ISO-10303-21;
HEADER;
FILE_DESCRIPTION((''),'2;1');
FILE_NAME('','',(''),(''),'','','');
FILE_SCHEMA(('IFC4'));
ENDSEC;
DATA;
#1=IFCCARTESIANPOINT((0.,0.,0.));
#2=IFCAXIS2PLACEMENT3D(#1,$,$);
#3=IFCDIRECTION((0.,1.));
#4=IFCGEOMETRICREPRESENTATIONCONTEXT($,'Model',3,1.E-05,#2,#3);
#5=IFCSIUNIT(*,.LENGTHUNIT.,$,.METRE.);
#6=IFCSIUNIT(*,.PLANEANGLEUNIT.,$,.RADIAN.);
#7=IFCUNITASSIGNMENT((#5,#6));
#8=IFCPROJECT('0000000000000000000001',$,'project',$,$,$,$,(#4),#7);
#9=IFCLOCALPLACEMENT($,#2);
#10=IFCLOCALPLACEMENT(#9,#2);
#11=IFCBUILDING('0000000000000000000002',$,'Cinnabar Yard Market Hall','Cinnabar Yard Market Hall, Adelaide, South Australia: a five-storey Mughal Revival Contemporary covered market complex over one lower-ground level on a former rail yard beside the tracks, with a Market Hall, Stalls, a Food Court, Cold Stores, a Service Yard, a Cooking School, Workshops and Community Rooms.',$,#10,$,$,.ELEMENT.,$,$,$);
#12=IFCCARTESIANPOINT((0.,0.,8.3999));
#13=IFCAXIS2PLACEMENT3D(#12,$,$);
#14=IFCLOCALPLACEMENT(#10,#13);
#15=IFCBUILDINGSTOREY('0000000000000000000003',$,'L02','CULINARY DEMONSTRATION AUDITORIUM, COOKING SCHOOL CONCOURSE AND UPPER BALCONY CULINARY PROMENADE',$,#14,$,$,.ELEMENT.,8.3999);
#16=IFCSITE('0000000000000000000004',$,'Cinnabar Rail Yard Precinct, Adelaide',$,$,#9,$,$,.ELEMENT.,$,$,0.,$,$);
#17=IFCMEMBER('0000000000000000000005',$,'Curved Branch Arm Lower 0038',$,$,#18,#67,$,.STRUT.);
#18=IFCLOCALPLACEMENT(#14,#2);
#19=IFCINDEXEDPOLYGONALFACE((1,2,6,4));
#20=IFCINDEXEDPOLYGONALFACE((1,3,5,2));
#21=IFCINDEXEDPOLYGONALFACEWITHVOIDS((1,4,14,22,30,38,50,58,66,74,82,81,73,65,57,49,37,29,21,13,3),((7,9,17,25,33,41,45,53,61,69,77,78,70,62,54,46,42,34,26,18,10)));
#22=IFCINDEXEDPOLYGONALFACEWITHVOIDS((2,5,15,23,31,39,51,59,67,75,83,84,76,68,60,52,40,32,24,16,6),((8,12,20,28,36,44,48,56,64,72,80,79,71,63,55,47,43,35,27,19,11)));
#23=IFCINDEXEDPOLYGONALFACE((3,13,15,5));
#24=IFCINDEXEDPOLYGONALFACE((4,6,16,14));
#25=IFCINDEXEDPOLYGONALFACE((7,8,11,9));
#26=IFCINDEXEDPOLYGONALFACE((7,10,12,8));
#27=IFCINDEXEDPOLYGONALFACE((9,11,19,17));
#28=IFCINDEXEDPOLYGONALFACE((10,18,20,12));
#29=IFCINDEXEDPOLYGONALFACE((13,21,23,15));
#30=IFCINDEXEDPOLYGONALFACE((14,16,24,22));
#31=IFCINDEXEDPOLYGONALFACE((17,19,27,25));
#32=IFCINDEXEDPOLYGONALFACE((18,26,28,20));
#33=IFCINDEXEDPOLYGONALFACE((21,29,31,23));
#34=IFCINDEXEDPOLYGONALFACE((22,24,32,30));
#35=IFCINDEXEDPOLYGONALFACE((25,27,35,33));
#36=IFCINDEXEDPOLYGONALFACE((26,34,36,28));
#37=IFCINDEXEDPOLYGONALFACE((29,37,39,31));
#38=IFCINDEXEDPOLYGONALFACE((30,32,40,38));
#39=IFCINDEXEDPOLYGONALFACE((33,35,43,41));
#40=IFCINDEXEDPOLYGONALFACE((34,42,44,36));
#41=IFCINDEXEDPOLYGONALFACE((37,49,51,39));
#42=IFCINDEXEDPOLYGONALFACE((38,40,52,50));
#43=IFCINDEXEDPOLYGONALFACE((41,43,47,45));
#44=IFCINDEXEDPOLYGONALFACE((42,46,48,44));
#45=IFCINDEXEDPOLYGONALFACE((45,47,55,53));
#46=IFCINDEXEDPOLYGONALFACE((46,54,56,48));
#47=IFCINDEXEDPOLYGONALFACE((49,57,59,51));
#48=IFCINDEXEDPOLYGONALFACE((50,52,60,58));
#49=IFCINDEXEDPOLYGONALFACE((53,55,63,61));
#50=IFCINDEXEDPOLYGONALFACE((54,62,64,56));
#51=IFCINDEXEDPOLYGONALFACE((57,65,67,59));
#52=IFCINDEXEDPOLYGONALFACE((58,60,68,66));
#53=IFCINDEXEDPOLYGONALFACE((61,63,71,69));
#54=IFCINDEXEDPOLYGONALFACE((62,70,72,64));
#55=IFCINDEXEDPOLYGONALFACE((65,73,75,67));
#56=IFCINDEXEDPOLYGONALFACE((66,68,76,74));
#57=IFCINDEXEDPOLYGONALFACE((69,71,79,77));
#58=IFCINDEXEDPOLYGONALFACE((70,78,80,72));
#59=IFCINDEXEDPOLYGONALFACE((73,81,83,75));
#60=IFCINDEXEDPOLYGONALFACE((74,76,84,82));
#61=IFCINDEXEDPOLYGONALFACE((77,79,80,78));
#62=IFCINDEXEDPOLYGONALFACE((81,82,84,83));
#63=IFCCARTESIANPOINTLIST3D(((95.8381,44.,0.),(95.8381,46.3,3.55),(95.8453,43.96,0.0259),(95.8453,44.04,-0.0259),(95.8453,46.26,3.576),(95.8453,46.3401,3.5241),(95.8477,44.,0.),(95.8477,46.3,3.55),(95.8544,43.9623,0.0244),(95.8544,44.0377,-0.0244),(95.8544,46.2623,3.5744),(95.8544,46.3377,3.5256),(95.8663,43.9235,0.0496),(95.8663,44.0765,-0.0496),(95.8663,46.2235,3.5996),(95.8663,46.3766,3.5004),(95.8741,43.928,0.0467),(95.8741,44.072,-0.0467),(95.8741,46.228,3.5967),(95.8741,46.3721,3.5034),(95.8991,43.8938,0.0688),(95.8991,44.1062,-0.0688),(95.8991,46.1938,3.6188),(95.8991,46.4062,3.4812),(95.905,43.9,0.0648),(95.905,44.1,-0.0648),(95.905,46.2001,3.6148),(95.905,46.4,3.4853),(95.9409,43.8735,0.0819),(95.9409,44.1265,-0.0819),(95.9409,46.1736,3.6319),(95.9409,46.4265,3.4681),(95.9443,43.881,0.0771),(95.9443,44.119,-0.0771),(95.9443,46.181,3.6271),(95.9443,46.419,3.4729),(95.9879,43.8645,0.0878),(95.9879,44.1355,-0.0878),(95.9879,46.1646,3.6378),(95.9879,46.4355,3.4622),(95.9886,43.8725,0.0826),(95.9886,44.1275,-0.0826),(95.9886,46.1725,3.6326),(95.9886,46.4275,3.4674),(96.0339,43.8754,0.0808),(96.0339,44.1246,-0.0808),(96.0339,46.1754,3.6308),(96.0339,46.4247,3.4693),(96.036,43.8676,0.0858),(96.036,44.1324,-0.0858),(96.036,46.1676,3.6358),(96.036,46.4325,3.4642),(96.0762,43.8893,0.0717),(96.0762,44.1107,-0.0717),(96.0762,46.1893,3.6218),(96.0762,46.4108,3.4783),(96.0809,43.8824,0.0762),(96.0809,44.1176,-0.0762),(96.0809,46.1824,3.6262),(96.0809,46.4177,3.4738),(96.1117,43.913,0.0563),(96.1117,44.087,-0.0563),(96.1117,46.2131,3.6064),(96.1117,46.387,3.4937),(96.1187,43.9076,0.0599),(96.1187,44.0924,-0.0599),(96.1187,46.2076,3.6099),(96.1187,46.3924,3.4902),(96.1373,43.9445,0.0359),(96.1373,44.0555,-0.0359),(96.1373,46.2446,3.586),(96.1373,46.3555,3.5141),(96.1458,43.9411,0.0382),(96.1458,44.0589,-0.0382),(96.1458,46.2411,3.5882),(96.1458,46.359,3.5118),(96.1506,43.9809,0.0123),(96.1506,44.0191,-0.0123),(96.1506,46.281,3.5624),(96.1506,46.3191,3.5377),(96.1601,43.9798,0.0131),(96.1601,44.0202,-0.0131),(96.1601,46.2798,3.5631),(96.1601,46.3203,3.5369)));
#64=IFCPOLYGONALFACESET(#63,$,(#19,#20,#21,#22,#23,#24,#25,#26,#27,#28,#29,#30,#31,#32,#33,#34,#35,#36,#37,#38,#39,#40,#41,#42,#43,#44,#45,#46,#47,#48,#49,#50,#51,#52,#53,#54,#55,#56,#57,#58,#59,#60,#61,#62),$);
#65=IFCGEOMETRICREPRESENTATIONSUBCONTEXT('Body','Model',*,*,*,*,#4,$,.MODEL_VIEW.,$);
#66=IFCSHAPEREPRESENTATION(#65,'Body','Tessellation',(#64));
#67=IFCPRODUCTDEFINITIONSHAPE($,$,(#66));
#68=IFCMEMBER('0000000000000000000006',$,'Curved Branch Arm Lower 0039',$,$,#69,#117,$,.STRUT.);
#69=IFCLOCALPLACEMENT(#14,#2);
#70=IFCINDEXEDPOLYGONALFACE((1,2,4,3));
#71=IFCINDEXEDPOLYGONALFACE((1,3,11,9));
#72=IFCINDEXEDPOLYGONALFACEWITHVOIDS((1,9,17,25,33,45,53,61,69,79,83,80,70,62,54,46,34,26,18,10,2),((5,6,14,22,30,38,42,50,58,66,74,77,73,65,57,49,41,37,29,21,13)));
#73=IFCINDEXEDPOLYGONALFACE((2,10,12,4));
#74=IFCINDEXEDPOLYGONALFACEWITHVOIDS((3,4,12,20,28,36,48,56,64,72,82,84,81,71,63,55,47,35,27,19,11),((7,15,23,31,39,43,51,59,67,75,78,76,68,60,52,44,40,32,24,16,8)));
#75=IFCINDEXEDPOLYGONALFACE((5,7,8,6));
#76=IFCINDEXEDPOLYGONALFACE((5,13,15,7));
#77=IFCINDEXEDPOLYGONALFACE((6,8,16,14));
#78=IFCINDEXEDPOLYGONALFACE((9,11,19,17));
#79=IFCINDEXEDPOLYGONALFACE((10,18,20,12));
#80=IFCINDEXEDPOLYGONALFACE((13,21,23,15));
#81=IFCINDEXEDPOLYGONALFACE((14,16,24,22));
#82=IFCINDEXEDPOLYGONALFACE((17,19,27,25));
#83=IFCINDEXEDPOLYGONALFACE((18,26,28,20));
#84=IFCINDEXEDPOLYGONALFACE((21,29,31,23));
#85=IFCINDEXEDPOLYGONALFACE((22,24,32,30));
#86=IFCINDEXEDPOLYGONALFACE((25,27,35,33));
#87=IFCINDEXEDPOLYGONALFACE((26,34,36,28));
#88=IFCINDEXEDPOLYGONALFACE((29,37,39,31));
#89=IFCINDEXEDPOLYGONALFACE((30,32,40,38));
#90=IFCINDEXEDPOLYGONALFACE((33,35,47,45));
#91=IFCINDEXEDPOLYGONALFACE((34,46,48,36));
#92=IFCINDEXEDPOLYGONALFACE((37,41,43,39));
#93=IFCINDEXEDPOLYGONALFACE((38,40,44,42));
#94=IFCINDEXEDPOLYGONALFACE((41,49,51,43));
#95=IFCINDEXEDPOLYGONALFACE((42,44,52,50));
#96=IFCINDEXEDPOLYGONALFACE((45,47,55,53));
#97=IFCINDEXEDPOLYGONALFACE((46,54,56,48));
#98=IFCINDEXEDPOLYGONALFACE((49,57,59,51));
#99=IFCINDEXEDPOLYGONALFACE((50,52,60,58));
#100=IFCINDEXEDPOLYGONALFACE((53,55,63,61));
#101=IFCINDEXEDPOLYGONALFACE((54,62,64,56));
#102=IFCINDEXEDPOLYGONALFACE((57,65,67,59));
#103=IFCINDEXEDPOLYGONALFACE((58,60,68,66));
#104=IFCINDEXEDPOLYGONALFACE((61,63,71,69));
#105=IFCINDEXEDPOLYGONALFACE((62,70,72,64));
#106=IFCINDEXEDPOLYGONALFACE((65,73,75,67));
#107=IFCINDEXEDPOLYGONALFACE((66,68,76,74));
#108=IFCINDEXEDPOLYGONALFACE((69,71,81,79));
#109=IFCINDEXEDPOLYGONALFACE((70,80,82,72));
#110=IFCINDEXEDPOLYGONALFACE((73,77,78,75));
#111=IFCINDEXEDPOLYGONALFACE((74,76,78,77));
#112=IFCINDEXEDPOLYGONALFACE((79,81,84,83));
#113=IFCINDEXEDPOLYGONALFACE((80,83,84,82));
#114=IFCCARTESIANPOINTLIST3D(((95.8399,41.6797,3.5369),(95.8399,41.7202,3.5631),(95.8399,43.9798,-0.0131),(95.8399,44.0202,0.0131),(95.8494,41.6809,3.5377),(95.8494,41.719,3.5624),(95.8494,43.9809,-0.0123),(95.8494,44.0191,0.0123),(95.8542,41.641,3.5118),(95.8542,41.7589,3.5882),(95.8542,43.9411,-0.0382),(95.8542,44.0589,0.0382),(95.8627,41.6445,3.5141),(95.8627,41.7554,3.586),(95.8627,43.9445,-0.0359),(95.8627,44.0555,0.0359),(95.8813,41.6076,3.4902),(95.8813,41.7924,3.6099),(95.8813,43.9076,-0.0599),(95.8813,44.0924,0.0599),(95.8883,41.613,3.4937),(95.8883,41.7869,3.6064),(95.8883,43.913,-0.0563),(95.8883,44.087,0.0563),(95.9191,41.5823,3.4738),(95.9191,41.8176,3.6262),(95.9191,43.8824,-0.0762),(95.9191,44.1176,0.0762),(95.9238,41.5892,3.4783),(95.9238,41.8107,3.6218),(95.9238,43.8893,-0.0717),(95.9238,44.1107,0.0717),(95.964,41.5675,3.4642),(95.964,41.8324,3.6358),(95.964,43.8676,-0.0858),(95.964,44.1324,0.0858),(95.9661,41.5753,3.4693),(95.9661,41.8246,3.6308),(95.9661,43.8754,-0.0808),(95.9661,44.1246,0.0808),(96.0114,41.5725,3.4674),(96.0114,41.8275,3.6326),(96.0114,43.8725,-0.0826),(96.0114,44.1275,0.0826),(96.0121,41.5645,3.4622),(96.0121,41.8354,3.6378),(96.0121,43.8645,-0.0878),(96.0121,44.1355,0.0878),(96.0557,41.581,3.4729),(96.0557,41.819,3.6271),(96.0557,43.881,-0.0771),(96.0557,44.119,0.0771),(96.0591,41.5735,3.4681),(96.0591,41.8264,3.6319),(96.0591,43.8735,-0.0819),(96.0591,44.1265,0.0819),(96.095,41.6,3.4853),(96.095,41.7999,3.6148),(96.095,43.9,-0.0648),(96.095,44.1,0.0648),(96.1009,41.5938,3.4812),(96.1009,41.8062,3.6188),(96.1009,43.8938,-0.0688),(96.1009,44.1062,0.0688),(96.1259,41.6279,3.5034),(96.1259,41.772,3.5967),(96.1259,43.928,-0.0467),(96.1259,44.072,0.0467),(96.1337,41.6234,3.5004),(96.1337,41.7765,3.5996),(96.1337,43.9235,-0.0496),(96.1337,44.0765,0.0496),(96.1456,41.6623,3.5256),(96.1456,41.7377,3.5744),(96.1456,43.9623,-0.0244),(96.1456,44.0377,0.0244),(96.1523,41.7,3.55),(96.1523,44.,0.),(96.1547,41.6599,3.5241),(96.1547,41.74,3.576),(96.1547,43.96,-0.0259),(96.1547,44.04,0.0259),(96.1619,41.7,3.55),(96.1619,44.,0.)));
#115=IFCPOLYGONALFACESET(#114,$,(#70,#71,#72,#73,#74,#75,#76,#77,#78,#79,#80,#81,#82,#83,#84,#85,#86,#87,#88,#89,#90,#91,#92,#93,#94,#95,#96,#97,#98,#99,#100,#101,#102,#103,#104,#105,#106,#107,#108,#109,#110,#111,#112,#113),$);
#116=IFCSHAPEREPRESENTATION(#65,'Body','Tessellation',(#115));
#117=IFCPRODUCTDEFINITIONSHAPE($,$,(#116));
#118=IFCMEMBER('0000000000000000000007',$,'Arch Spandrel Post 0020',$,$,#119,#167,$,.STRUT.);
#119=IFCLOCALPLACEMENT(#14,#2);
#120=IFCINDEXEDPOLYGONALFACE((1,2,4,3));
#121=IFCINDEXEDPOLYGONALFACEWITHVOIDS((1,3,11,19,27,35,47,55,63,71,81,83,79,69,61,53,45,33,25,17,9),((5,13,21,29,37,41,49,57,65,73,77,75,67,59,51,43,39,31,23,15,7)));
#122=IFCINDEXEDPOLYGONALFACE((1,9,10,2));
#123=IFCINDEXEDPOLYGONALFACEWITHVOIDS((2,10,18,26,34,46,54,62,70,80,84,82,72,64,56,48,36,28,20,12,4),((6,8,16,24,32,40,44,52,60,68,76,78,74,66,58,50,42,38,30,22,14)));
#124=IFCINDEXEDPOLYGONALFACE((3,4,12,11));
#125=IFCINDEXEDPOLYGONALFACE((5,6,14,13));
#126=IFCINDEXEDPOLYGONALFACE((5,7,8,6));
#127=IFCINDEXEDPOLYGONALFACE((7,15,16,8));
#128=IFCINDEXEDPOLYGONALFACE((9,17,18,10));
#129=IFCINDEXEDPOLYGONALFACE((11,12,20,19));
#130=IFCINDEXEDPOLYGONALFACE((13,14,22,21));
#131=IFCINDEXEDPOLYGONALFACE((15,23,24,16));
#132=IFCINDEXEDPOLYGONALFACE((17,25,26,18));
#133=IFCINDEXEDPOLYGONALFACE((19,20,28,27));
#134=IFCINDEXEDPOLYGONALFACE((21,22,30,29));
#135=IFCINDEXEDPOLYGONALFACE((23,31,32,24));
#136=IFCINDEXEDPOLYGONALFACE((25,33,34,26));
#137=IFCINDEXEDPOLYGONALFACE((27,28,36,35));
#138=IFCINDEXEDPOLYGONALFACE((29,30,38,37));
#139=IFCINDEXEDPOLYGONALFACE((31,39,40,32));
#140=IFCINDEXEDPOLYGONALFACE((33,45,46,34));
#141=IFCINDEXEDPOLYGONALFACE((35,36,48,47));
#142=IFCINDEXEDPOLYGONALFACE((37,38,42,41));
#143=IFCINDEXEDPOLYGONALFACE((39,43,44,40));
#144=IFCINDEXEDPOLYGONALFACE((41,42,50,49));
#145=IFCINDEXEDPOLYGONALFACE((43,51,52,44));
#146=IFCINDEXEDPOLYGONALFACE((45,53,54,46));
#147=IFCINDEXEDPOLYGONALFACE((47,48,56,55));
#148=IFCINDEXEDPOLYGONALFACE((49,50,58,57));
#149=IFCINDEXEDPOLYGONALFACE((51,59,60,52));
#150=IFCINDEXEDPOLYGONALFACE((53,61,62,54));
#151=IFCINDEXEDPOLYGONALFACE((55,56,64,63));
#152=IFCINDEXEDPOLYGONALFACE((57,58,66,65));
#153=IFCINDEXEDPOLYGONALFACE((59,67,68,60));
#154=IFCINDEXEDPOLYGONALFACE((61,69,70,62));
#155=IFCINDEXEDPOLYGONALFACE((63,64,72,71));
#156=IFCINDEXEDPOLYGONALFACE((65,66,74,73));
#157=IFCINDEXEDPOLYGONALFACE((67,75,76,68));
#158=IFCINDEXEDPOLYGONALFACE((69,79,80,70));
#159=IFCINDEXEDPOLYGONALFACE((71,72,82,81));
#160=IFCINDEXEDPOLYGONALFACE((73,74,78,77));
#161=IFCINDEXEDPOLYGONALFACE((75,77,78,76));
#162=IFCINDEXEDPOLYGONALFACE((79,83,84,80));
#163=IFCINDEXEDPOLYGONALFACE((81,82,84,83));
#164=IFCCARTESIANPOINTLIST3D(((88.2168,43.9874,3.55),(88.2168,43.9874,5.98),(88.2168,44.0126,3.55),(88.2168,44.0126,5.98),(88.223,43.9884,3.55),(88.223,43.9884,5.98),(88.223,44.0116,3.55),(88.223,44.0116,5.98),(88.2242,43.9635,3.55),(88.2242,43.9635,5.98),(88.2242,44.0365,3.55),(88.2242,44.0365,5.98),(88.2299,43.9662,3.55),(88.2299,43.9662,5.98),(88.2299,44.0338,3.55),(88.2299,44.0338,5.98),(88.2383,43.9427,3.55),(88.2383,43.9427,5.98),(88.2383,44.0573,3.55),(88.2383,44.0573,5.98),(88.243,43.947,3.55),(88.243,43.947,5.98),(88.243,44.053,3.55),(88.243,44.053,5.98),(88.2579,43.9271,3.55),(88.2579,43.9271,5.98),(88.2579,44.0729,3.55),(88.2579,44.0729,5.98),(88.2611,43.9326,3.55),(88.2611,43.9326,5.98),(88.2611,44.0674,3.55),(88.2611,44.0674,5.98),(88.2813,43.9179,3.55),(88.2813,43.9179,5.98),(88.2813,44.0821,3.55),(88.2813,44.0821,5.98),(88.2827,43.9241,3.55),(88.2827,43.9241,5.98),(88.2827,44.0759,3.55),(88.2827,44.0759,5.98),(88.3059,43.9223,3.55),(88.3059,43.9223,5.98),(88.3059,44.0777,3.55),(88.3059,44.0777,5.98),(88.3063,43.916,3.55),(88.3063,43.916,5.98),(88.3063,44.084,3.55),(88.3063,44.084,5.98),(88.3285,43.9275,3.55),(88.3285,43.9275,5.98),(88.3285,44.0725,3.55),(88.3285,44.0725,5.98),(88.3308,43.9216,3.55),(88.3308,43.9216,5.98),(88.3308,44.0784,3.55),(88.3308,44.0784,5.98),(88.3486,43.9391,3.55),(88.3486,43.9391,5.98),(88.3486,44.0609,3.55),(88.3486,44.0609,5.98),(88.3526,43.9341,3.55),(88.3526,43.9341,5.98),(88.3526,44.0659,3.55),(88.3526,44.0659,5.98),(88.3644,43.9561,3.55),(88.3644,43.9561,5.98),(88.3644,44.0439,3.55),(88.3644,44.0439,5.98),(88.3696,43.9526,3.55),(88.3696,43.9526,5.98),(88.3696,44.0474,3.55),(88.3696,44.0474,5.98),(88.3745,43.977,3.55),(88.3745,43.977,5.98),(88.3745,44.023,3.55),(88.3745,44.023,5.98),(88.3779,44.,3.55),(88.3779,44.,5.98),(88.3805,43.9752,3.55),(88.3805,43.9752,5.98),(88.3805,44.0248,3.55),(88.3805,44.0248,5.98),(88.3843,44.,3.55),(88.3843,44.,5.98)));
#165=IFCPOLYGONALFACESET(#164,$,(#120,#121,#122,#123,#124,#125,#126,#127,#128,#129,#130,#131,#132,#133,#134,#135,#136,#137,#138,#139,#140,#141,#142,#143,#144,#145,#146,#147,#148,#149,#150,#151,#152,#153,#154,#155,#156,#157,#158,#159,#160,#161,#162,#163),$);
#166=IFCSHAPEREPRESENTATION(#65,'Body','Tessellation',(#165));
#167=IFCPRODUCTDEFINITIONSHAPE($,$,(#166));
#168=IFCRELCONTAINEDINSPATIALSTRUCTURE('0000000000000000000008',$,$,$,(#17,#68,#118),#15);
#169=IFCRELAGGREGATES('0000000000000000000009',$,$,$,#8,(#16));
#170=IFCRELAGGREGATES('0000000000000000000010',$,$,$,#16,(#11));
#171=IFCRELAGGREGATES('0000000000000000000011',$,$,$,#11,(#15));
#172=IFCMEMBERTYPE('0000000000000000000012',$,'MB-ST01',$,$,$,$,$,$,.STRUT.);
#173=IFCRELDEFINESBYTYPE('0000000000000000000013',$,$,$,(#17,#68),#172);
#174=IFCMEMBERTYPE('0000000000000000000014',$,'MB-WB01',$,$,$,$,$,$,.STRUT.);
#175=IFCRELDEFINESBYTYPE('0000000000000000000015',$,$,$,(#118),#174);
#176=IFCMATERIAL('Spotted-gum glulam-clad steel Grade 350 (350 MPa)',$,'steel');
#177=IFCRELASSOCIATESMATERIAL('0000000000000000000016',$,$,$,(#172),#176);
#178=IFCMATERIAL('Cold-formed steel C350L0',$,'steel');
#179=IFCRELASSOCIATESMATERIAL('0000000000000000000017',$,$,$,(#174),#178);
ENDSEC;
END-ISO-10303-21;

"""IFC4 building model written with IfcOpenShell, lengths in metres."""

from ifc_helpers import new_model, si_unit, direction, frame, origin, origin_2d_with_axis, place, context, subcontext, project, spatial, hollow_circle, extrude, material, material_profile, profile_set, type_object, element, save


model = new_model("IFC4")

# Units and contexts
model_context = context("Model", 3, precision=1e-05, world=origin(), true_north=direction((0.0, 1.0)))
body_context = subcontext(model_context, "Body", "Model", "MODEL_VIEW")
ifc_project = project(units=[si_unit("LENGTHUNIT", "METRE"), si_unit("PLANEANGLEUNIT", "RADIAN")], contexts=[model_context])

# Site, building, storey
site_placement = place(None, origin())
site = spatial("IfcSite", under=ifc_project, at=site_placement, Name="Cinnabar Rail Yard Precinct, Adelaide", CompositionType="ELEMENT", RefElevation=0.0)
building_placement = place(site_placement, origin())
building = spatial("IfcBuilding", under=site, at=building_placement, Name="Cinnabar Yard Market Hall", Description="Cinnabar Yard Market Hall, Adelaide, South Australia: a five-storey Mughal Revival Contemporary covered market complex over one lower-ground level on a former rail yard beside the tracks, with a Market Hall, Stalls, a Food Court, Cold Stores, a Service Yard, a Cooking School, Workshops and Community Rooms.", CompositionType="ELEMENT")
storey_placement = place(building_placement, frame((0.0, 0.0, 8.3999)))
storey = spatial("IfcBuildingStorey", under=building, at=storey_placement, Name="L02", Description="CULINARY DEMONSTRATION AUDITORIUM, COOKING SCHOOL CONCOURSE AND UPPER BALCONY CULINARY PROMENADE", CompositionType="ELEMENT", Elevation=8.3999)

# Shared definitions
ifc_material_1 = material(Name="Spotted-gum glulam-clad steel Grade 350 (350 MPa)", Category="steel")

# Members
ifc_material_profile_1 = material_profile(ifc_material_1, hollow_circle(Radius=0.1619, WallThickness=0.0095, at=origin_2d_with_axis()), Name="323.9x9.5CHS")
ifc_profile_set_1 = profile_set([ifc_material_profile_1], Name="Spotted-gum glulam-clad steel Grade 350 (350 MPa)")
member_type_1 = type_object("IfcMemberType", Name="MB-ST01", PredefinedType="STRUT", material=ifc_profile_set_1)
for number, where, z_axis, x_axis, name in (
    (1, (96.0, 44.0, 0.0), (0.0, 0.543744, 0.839251), (-1.0, 0.0, 0.0), "Curved Branch Arm Lower 0038"),
    (2, (96.0, 44.0, 0.0), (0.0, -0.543744, 0.839251), (1.0, 0.0, 0.0), "Curved Branch Arm Lower 0039"),
):
    element("IfcMember", number, at=place(storey_placement, frame(where, z_axis=z_axis, x_axis=x_axis)), inside=storey, type_object=member_type_1, Name=name, PredefinedType="STRUT", context=body_context, shape_type="SweptSolid", body=[
        extrude(hollow_circle(Radius=0.1619, WallThickness=0.0095, at=origin_2d_with_axis()), origin(), (0.0, 0.0, 1.0), 4.23),
    ])
ifc_material_2 = material(Name="Cold-formed steel C350L0", Category="steel")
ifc_material_profile_2 = material_profile(ifc_material_2, hollow_circle(Radius=0.0842, WallThickness=0.0063, at=origin_2d_with_axis()), Name="168.3x6.4CHS")
ifc_profile_set_2 = profile_set([ifc_material_profile_2], Name="Cold-formed steel C350L0")
member_type_2 = type_object("IfcMemberType", Name="MB-WB01", PredefinedType="STRUT", material=ifc_profile_set_2)
for number, where, z_axis, x_axis, name in (
    (3, (88.3, 44.0, 3.55), (0.0, 0.0, 1.0), (1.0, 0.0, 0.0), "Arch Spandrel Post 0020"),
):
    element("IfcMember", number, at=place(storey_placement, frame(where, z_axis=z_axis, x_axis=x_axis)), inside=storey, type_object=member_type_2, Name=name, PredefinedType="STRUT", context=body_context, shape_type="SweptSolid", body=[
        extrude(hollow_circle(Radius=0.0842, WallThickness=0.0063, at=origin_2d_with_axis()), origin(), (0.0, 0.0, 1.0), 2.4299),
    ])

save(model, "model.ifc")
